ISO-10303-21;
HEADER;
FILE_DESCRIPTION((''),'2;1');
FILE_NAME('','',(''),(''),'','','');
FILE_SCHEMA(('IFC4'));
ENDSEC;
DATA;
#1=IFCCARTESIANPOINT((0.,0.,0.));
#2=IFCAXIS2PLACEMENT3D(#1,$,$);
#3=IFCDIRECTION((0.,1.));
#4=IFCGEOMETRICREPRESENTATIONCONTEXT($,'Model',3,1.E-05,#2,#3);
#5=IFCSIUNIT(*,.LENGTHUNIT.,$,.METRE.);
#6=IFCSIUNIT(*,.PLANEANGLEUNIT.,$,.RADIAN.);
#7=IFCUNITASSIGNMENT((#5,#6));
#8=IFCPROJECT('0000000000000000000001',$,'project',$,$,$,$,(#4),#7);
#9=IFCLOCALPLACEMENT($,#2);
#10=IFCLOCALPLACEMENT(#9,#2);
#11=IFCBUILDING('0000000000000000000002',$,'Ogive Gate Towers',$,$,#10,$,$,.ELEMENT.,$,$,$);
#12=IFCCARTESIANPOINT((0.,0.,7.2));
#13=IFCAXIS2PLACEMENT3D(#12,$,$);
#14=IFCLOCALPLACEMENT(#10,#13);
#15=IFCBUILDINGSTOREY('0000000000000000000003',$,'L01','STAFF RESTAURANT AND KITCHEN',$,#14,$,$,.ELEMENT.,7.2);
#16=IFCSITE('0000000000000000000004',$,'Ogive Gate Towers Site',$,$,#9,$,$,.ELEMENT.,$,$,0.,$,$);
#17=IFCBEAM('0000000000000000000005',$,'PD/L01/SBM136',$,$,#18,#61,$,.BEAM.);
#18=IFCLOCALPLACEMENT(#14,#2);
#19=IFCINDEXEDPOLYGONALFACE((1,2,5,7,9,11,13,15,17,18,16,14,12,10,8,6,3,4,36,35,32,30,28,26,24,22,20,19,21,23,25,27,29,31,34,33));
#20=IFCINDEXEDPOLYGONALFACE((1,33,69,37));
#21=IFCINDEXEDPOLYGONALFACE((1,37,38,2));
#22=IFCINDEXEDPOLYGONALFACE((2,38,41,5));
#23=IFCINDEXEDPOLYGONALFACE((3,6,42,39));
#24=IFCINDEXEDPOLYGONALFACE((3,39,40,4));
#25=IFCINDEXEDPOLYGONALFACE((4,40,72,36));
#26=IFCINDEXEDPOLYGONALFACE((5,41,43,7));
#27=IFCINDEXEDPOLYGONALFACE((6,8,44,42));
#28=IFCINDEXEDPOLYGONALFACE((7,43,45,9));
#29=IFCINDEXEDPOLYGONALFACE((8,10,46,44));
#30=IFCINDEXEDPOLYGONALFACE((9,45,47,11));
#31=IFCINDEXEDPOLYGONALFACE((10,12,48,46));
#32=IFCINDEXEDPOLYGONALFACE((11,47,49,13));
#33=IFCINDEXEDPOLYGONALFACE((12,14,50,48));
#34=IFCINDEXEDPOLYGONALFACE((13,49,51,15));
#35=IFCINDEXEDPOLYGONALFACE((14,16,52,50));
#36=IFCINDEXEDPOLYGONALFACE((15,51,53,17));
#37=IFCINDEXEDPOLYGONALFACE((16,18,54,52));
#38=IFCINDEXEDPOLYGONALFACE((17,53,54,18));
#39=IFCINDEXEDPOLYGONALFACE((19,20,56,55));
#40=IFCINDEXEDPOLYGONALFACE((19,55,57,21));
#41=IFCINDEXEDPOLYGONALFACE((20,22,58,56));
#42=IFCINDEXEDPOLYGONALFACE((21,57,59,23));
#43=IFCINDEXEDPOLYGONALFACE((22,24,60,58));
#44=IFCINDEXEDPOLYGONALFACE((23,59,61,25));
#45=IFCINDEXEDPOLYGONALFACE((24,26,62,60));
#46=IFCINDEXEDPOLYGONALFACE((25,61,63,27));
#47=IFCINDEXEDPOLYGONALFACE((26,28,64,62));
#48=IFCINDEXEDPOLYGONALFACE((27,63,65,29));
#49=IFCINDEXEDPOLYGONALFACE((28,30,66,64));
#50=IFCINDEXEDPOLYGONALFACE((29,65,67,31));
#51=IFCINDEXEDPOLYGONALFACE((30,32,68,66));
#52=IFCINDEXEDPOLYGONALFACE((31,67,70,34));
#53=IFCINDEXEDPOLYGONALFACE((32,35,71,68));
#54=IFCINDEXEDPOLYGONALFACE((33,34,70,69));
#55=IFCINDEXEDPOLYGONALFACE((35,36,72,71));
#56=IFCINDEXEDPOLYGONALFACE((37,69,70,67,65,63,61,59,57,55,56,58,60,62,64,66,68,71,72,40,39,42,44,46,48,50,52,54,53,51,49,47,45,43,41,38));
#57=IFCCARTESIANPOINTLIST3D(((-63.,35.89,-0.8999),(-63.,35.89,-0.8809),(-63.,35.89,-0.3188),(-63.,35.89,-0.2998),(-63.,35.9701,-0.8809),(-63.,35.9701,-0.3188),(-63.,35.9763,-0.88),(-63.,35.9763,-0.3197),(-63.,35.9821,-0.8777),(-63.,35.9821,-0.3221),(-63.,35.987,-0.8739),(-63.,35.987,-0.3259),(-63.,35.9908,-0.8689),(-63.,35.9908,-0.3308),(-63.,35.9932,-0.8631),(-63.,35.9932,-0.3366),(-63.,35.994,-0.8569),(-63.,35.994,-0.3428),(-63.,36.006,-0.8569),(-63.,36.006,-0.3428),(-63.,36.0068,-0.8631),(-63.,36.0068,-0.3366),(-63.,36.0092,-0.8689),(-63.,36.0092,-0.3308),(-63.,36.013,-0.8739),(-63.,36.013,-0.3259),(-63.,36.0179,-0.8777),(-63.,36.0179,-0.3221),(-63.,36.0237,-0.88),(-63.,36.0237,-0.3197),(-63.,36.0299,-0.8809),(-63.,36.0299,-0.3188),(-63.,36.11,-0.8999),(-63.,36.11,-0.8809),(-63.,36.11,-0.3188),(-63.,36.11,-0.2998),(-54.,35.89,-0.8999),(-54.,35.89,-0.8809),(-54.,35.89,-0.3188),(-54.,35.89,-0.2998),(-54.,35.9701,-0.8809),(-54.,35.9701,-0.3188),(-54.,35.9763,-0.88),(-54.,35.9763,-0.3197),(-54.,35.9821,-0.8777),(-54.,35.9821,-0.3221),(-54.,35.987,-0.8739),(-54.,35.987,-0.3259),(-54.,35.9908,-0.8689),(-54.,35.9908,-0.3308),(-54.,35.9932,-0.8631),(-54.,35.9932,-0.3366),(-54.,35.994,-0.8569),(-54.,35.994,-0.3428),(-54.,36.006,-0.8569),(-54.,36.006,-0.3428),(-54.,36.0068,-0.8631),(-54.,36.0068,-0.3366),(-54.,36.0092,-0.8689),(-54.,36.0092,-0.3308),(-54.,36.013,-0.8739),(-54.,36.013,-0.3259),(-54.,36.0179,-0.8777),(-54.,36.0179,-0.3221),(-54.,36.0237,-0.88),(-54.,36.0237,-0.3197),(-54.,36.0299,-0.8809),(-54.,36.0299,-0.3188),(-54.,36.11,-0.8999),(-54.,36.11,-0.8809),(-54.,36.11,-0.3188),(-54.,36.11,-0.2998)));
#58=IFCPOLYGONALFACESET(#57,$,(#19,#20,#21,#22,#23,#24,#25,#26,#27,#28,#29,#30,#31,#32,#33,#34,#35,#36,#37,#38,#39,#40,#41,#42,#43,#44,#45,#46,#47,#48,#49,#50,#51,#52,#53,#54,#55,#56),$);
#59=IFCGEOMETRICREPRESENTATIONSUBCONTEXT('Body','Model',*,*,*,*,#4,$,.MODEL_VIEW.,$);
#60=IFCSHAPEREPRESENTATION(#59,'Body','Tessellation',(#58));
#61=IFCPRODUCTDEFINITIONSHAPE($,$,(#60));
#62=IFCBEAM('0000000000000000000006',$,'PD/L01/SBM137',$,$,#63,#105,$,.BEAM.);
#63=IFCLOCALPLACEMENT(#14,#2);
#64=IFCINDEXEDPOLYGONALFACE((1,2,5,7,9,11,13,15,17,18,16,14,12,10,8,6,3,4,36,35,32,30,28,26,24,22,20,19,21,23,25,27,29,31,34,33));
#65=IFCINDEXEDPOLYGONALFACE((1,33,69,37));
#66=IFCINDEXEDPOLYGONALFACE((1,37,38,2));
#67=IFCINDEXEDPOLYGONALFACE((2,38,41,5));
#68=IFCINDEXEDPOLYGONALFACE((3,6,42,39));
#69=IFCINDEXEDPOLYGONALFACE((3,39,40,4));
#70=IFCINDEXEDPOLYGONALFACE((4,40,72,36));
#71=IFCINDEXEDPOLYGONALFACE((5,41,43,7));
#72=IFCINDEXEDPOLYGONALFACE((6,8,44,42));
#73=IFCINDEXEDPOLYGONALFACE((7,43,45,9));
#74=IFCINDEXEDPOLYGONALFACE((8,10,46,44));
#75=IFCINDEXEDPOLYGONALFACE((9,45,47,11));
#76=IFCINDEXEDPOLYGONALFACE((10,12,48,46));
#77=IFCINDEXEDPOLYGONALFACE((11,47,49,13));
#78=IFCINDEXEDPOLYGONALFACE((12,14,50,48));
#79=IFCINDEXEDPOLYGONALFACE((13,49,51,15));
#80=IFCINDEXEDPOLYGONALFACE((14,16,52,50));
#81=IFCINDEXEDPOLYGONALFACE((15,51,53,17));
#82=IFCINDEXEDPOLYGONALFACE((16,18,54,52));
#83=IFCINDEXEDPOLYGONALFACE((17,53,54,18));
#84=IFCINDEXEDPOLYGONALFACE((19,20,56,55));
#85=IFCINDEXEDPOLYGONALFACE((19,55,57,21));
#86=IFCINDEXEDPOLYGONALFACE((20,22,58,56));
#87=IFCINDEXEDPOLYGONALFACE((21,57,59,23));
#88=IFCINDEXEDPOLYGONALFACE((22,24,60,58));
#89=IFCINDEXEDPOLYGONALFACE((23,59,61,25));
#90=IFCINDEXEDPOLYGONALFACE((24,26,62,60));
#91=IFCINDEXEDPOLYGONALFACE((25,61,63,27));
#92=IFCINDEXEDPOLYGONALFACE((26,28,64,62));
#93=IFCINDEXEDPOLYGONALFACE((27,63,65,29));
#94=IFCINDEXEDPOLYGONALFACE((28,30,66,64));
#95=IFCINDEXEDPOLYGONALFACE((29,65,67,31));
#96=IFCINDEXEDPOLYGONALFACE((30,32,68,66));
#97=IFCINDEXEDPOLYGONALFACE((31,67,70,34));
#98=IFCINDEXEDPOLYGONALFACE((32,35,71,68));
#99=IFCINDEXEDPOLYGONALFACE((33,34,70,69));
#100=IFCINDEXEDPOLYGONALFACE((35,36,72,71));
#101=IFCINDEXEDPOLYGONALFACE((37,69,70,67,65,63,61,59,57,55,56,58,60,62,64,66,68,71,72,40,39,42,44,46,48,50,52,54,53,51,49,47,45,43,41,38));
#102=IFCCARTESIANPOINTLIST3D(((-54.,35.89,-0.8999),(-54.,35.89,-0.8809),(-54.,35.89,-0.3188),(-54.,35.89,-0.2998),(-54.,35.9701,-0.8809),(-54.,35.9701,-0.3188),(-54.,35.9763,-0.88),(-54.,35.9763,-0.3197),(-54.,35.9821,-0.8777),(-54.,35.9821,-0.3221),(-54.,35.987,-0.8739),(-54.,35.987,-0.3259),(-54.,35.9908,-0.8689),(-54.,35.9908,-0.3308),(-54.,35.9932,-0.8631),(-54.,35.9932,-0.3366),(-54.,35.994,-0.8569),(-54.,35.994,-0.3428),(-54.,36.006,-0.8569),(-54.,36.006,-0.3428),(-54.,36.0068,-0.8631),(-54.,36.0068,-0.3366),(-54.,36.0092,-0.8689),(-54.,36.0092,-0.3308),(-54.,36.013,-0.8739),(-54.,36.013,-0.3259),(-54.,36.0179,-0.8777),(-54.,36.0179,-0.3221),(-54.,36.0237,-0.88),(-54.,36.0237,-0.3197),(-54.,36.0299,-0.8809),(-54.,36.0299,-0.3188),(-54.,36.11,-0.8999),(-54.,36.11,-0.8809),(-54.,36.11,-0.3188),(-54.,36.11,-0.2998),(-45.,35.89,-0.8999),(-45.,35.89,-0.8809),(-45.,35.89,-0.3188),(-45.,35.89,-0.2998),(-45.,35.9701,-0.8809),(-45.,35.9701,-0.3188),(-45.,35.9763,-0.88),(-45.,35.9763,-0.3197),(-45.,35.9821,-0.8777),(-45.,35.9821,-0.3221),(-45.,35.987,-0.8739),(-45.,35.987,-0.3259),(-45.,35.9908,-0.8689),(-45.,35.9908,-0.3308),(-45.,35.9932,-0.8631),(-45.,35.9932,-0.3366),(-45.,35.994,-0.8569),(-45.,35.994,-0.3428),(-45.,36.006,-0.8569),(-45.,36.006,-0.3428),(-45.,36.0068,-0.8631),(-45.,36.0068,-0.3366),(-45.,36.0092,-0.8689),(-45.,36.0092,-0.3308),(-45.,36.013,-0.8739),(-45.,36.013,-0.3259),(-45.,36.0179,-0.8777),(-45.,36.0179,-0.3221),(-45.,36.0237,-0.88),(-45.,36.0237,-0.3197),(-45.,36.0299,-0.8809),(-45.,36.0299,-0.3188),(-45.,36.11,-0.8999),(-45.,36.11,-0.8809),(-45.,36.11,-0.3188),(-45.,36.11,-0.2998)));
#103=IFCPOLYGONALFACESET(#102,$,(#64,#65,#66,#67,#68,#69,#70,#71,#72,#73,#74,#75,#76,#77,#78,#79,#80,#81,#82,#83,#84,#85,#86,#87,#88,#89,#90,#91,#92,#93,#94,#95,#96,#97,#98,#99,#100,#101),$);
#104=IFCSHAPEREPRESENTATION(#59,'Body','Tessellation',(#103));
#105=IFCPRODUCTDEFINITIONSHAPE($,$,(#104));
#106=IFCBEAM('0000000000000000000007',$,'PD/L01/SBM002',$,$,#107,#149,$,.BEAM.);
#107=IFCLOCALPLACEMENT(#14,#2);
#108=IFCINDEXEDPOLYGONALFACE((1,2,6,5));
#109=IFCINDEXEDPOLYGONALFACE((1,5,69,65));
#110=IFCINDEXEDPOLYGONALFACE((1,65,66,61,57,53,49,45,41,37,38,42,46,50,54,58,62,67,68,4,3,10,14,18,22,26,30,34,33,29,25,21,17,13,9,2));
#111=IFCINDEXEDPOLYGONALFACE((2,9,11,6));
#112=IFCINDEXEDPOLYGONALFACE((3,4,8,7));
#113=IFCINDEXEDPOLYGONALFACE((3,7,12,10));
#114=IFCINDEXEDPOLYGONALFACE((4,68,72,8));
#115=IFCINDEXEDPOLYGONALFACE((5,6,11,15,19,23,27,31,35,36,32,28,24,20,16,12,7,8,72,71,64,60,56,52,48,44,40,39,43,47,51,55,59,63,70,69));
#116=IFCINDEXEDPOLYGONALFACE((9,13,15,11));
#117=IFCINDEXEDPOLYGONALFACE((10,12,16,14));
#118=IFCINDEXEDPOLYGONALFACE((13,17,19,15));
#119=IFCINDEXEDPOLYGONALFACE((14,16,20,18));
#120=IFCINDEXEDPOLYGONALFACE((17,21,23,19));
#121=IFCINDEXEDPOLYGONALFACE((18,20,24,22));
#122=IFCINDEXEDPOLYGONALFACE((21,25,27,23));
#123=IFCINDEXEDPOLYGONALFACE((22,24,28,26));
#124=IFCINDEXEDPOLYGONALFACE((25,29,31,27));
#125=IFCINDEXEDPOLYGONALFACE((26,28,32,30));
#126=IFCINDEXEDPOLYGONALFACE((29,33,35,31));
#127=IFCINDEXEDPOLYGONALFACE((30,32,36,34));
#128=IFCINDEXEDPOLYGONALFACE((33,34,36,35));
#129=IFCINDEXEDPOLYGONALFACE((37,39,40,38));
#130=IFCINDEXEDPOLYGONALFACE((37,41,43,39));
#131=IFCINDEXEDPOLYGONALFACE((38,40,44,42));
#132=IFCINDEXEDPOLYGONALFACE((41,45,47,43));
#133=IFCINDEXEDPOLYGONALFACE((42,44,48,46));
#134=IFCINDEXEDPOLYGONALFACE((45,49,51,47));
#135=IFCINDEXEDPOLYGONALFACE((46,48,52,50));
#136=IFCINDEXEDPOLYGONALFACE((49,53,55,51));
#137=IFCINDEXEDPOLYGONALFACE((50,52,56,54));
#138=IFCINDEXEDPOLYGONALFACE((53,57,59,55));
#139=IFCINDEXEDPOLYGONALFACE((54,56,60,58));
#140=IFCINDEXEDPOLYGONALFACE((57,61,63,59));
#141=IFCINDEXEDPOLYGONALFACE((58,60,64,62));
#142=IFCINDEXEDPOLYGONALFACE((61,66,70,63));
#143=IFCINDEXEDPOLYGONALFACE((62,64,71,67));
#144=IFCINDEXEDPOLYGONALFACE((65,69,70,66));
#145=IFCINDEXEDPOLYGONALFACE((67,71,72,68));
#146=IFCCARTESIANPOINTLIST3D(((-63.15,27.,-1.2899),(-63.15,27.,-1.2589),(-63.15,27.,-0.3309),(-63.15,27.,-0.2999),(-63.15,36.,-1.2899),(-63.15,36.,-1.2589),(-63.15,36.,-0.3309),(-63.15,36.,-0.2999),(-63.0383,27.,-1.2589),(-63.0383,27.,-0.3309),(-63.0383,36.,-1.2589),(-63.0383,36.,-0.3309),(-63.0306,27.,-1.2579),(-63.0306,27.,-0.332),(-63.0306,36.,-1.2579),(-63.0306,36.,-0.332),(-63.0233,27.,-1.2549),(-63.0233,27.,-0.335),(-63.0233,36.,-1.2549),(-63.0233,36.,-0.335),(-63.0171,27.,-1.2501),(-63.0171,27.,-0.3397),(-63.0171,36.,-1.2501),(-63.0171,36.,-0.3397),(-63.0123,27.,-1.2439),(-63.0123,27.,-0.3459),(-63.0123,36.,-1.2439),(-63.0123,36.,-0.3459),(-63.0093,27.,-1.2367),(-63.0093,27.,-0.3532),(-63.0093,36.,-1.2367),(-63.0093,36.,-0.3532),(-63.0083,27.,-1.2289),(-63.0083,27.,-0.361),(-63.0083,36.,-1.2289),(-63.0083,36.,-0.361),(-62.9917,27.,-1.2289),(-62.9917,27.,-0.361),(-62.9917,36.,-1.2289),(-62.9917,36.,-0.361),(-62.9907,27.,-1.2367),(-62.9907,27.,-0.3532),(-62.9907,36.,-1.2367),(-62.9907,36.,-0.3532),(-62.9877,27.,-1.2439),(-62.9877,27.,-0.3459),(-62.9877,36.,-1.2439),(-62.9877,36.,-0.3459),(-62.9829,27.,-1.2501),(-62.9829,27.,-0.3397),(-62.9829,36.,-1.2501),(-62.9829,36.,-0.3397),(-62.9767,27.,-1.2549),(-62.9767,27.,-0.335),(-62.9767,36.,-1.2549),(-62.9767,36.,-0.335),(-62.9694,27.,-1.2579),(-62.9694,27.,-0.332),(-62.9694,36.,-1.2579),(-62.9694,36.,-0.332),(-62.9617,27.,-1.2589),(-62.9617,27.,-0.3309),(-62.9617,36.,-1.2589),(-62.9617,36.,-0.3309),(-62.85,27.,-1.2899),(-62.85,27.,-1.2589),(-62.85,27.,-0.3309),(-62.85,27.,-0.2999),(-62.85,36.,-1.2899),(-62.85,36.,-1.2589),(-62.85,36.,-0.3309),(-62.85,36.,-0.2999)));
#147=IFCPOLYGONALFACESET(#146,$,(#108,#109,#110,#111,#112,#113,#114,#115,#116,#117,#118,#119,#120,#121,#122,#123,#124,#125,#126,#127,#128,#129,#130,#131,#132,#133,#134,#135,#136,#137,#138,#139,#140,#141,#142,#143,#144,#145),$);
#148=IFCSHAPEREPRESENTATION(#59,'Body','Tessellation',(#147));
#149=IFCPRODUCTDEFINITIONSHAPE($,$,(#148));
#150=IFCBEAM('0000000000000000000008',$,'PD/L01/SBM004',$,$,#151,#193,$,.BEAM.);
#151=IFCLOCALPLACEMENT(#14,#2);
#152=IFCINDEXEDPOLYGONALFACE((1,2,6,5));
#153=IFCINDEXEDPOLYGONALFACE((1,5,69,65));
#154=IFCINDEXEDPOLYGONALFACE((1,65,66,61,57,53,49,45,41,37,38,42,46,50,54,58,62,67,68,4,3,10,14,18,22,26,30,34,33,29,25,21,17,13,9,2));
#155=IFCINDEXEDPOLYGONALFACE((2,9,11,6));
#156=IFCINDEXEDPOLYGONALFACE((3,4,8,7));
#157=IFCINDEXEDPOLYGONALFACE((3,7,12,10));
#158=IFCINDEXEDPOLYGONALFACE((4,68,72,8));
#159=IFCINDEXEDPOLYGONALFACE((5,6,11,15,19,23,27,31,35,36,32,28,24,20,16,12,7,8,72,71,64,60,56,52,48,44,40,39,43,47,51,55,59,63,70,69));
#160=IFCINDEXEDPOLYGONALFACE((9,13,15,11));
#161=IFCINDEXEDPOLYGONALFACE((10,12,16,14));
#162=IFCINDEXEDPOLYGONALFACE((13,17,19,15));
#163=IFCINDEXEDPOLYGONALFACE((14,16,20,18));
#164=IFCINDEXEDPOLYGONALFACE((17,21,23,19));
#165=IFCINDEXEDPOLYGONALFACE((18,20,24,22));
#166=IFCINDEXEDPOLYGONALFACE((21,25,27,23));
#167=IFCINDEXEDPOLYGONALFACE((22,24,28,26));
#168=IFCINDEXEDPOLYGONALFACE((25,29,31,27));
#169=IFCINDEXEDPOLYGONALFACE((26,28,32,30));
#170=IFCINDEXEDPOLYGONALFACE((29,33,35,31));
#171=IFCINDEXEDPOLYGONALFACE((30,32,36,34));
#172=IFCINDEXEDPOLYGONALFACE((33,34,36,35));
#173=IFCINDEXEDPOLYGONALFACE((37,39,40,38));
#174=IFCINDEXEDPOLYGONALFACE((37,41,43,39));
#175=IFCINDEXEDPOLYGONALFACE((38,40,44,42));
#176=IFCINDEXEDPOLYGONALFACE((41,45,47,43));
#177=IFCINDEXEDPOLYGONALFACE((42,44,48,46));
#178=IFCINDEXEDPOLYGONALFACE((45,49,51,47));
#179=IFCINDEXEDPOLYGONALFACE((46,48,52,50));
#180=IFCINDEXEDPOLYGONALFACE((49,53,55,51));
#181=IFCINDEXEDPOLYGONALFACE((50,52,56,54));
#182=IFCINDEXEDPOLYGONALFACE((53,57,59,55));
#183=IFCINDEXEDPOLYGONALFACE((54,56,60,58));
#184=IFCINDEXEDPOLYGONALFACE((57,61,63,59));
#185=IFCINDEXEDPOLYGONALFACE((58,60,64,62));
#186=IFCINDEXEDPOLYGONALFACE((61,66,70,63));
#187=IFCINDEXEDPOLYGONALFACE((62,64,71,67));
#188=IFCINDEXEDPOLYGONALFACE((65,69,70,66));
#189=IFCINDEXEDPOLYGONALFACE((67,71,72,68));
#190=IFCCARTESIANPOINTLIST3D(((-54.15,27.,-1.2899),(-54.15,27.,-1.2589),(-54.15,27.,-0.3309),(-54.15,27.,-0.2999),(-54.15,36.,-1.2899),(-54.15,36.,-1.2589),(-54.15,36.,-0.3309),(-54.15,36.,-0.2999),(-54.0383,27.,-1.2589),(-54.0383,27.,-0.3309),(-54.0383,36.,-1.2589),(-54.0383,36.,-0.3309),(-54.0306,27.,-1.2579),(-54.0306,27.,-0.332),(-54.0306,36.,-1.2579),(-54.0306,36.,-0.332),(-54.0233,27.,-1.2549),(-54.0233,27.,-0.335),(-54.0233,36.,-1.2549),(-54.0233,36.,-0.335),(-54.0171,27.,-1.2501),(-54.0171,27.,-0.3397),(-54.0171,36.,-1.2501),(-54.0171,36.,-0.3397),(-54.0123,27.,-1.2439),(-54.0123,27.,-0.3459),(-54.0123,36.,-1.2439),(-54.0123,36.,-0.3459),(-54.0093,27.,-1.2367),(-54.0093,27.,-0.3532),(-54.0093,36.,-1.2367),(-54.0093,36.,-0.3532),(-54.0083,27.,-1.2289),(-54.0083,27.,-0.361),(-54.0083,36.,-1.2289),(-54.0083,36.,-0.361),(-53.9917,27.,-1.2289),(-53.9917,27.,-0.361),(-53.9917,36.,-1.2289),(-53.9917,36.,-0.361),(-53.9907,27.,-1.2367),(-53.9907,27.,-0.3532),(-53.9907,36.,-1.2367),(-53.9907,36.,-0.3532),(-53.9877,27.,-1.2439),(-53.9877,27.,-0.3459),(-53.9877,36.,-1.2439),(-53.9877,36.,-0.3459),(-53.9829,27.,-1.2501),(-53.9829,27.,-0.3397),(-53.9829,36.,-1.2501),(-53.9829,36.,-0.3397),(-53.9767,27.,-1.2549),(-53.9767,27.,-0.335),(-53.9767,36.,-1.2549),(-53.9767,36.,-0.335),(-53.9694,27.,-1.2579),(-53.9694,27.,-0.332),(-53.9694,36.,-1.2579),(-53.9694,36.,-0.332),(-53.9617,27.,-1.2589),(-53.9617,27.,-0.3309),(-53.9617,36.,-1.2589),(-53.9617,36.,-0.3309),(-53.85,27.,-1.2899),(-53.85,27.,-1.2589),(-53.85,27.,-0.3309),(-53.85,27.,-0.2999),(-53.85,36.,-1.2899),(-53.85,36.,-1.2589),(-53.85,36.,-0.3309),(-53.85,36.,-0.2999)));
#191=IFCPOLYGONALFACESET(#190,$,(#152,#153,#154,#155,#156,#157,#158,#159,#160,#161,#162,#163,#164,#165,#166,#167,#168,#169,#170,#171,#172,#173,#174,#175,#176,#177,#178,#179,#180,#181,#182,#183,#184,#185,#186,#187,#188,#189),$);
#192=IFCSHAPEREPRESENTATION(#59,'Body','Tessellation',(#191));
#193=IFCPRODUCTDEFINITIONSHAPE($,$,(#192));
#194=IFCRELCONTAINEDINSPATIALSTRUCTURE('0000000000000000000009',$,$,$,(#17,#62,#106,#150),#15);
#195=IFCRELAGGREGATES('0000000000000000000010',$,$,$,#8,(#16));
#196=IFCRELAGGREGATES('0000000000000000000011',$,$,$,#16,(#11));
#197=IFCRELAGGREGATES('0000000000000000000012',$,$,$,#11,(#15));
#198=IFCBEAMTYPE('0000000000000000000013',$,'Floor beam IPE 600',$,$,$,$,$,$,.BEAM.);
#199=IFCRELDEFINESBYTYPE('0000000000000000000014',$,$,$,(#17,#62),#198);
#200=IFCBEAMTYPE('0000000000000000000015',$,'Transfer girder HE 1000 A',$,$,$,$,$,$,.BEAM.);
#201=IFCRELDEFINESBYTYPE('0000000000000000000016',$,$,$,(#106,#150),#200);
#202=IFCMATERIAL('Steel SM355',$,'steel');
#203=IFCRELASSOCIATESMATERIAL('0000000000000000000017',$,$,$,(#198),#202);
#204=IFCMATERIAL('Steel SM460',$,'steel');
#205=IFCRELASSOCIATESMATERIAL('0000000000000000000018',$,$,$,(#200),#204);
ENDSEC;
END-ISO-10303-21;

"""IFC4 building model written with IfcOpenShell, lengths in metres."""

from ifc_helpers import new_model, si_unit, direction, frame, origin, origin_2d, place, context, subcontext, project, spatial, i_section, extrude, material, material_profile, profile_set, type_object, element, save


model = new_model("IFC4")

# Units and contexts
model_context = context("Model", 3, precision=1e-05, world=origin(), true_north=direction((0.0, 1.0)))
body_context = subcontext(model_context, "Body", "Model", "MODEL_VIEW")
ifc_project = project(units=[si_unit("LENGTHUNIT", "METRE"), si_unit("PLANEANGLEUNIT", "RADIAN")], contexts=[model_context])

# Site, building, storey
site_placement = place(None, origin())
site = spatial("IfcSite", under=ifc_project, at=site_placement, Name="Ogive Gate Towers Site", CompositionType="ELEMENT", RefElevation=0.0)
building_placement = place(site_placement, origin())
building = spatial("IfcBuilding", under=site, at=building_placement, Name="Ogive Gate Towers", CompositionType="ELEMENT")
storey_placement = place(building_placement, frame((0.0, 0.0, 7.2)))
storey = spatial("IfcBuildingStorey", under=building, at=storey_placement, Name="L01", Description="STAFF RESTAURANT AND KITCHEN", CompositionType="ELEMENT", Elevation=7.2)

# Beams
ifc_material_1 = material(Name="Steel SM460", Category="steel")
ifc_material_2 = material(Name="Steel SM355", Category="steel")
ifc_material_profile_1 = material_profile(ifc_material_2, i_section(OverallWidth=0.22, OverallDepth=0.6001, WebThickness=0.012, FlangeThickness=0.019, FilletRadius=0.0239, at=origin_2d()), Name="IPE 600")
ifc_profile_set_1 = profile_set([ifc_material_profile_1], Name="Steel SM355")
beam_type_1 = type_object("IfcBeamType", Name="Floor beam IPE 600", PredefinedType="BEAM", material=ifc_profile_set_1)
for number, where, z_axis, x_axis, name in (
    (1, (-63.0, 36.0, -0.5999), (1.0, 0.0, 0.0), (0.0, 1.0, 0.0), "PD/L01/SBM136"),
    (2, (-54.0, 36.0, -0.5999), (1.0, 0.0, 0.0), (0.0, 1.0, 0.0), "PD/L01/SBM137"),
):
    element("IfcBeam", number, at=place(storey_placement, frame(where, z_axis=z_axis, x_axis=x_axis)), inside=storey, type_object=beam_type_1, Name=name, PredefinedType="BEAM", context=body_context, shape_type="SweptSolid", body=[
        extrude(i_section(OverallWidth=0.22, OverallDepth=0.6001, WebThickness=0.012, FlangeThickness=0.019, FilletRadius=0.0239, at=origin_2d()), origin(), (0.0, 0.0, 1.0), 9.0),
    ])
ifc_material_profile_2 = material_profile(ifc_material_1, i_section(OverallWidth=0.3, OverallDepth=0.99, WebThickness=0.0166, FlangeThickness=0.031, FilletRadius=0.03, at=origin_2d()), Name="HE 1000 A")
ifc_profile_set_2 = profile_set([ifc_material_profile_2], Name="Steel SM460")
beam_type_2 = type_object("IfcBeamType", Name="Transfer girder HE 1000 A", PredefinedType="BEAM", material=ifc_profile_set_2)
for number, where, z_axis, x_axis, name in (
    (3, (-63.0, 27.0, -0.7949), (0.0, 1.0, 0.0), (-1.0, 0.0, 0.0), "PD/L01/SBM002"),
    (4, (-54.0, 27.0, -0.7949), (0.0, 1.0, 0.0), (-1.0, 0.0, 0.0), "PD/L01/SBM004"),
):
    element("IfcBeam", number, at=place(storey_placement, frame(where, z_axis=z_axis, x_axis=x_axis)), inside=storey, type_object=beam_type_2, Name=name, PredefinedType="BEAM", context=body_context, shape_type="SweptSolid", body=[
        extrude(i_section(OverallWidth=0.3, OverallDepth=0.99, WebThickness=0.0166, FlangeThickness=0.031, FilletRadius=0.03, at=origin_2d()), origin(), (0.0, 0.0, 1.0), 9.0),
    ])

save(model, "model.ifc")
